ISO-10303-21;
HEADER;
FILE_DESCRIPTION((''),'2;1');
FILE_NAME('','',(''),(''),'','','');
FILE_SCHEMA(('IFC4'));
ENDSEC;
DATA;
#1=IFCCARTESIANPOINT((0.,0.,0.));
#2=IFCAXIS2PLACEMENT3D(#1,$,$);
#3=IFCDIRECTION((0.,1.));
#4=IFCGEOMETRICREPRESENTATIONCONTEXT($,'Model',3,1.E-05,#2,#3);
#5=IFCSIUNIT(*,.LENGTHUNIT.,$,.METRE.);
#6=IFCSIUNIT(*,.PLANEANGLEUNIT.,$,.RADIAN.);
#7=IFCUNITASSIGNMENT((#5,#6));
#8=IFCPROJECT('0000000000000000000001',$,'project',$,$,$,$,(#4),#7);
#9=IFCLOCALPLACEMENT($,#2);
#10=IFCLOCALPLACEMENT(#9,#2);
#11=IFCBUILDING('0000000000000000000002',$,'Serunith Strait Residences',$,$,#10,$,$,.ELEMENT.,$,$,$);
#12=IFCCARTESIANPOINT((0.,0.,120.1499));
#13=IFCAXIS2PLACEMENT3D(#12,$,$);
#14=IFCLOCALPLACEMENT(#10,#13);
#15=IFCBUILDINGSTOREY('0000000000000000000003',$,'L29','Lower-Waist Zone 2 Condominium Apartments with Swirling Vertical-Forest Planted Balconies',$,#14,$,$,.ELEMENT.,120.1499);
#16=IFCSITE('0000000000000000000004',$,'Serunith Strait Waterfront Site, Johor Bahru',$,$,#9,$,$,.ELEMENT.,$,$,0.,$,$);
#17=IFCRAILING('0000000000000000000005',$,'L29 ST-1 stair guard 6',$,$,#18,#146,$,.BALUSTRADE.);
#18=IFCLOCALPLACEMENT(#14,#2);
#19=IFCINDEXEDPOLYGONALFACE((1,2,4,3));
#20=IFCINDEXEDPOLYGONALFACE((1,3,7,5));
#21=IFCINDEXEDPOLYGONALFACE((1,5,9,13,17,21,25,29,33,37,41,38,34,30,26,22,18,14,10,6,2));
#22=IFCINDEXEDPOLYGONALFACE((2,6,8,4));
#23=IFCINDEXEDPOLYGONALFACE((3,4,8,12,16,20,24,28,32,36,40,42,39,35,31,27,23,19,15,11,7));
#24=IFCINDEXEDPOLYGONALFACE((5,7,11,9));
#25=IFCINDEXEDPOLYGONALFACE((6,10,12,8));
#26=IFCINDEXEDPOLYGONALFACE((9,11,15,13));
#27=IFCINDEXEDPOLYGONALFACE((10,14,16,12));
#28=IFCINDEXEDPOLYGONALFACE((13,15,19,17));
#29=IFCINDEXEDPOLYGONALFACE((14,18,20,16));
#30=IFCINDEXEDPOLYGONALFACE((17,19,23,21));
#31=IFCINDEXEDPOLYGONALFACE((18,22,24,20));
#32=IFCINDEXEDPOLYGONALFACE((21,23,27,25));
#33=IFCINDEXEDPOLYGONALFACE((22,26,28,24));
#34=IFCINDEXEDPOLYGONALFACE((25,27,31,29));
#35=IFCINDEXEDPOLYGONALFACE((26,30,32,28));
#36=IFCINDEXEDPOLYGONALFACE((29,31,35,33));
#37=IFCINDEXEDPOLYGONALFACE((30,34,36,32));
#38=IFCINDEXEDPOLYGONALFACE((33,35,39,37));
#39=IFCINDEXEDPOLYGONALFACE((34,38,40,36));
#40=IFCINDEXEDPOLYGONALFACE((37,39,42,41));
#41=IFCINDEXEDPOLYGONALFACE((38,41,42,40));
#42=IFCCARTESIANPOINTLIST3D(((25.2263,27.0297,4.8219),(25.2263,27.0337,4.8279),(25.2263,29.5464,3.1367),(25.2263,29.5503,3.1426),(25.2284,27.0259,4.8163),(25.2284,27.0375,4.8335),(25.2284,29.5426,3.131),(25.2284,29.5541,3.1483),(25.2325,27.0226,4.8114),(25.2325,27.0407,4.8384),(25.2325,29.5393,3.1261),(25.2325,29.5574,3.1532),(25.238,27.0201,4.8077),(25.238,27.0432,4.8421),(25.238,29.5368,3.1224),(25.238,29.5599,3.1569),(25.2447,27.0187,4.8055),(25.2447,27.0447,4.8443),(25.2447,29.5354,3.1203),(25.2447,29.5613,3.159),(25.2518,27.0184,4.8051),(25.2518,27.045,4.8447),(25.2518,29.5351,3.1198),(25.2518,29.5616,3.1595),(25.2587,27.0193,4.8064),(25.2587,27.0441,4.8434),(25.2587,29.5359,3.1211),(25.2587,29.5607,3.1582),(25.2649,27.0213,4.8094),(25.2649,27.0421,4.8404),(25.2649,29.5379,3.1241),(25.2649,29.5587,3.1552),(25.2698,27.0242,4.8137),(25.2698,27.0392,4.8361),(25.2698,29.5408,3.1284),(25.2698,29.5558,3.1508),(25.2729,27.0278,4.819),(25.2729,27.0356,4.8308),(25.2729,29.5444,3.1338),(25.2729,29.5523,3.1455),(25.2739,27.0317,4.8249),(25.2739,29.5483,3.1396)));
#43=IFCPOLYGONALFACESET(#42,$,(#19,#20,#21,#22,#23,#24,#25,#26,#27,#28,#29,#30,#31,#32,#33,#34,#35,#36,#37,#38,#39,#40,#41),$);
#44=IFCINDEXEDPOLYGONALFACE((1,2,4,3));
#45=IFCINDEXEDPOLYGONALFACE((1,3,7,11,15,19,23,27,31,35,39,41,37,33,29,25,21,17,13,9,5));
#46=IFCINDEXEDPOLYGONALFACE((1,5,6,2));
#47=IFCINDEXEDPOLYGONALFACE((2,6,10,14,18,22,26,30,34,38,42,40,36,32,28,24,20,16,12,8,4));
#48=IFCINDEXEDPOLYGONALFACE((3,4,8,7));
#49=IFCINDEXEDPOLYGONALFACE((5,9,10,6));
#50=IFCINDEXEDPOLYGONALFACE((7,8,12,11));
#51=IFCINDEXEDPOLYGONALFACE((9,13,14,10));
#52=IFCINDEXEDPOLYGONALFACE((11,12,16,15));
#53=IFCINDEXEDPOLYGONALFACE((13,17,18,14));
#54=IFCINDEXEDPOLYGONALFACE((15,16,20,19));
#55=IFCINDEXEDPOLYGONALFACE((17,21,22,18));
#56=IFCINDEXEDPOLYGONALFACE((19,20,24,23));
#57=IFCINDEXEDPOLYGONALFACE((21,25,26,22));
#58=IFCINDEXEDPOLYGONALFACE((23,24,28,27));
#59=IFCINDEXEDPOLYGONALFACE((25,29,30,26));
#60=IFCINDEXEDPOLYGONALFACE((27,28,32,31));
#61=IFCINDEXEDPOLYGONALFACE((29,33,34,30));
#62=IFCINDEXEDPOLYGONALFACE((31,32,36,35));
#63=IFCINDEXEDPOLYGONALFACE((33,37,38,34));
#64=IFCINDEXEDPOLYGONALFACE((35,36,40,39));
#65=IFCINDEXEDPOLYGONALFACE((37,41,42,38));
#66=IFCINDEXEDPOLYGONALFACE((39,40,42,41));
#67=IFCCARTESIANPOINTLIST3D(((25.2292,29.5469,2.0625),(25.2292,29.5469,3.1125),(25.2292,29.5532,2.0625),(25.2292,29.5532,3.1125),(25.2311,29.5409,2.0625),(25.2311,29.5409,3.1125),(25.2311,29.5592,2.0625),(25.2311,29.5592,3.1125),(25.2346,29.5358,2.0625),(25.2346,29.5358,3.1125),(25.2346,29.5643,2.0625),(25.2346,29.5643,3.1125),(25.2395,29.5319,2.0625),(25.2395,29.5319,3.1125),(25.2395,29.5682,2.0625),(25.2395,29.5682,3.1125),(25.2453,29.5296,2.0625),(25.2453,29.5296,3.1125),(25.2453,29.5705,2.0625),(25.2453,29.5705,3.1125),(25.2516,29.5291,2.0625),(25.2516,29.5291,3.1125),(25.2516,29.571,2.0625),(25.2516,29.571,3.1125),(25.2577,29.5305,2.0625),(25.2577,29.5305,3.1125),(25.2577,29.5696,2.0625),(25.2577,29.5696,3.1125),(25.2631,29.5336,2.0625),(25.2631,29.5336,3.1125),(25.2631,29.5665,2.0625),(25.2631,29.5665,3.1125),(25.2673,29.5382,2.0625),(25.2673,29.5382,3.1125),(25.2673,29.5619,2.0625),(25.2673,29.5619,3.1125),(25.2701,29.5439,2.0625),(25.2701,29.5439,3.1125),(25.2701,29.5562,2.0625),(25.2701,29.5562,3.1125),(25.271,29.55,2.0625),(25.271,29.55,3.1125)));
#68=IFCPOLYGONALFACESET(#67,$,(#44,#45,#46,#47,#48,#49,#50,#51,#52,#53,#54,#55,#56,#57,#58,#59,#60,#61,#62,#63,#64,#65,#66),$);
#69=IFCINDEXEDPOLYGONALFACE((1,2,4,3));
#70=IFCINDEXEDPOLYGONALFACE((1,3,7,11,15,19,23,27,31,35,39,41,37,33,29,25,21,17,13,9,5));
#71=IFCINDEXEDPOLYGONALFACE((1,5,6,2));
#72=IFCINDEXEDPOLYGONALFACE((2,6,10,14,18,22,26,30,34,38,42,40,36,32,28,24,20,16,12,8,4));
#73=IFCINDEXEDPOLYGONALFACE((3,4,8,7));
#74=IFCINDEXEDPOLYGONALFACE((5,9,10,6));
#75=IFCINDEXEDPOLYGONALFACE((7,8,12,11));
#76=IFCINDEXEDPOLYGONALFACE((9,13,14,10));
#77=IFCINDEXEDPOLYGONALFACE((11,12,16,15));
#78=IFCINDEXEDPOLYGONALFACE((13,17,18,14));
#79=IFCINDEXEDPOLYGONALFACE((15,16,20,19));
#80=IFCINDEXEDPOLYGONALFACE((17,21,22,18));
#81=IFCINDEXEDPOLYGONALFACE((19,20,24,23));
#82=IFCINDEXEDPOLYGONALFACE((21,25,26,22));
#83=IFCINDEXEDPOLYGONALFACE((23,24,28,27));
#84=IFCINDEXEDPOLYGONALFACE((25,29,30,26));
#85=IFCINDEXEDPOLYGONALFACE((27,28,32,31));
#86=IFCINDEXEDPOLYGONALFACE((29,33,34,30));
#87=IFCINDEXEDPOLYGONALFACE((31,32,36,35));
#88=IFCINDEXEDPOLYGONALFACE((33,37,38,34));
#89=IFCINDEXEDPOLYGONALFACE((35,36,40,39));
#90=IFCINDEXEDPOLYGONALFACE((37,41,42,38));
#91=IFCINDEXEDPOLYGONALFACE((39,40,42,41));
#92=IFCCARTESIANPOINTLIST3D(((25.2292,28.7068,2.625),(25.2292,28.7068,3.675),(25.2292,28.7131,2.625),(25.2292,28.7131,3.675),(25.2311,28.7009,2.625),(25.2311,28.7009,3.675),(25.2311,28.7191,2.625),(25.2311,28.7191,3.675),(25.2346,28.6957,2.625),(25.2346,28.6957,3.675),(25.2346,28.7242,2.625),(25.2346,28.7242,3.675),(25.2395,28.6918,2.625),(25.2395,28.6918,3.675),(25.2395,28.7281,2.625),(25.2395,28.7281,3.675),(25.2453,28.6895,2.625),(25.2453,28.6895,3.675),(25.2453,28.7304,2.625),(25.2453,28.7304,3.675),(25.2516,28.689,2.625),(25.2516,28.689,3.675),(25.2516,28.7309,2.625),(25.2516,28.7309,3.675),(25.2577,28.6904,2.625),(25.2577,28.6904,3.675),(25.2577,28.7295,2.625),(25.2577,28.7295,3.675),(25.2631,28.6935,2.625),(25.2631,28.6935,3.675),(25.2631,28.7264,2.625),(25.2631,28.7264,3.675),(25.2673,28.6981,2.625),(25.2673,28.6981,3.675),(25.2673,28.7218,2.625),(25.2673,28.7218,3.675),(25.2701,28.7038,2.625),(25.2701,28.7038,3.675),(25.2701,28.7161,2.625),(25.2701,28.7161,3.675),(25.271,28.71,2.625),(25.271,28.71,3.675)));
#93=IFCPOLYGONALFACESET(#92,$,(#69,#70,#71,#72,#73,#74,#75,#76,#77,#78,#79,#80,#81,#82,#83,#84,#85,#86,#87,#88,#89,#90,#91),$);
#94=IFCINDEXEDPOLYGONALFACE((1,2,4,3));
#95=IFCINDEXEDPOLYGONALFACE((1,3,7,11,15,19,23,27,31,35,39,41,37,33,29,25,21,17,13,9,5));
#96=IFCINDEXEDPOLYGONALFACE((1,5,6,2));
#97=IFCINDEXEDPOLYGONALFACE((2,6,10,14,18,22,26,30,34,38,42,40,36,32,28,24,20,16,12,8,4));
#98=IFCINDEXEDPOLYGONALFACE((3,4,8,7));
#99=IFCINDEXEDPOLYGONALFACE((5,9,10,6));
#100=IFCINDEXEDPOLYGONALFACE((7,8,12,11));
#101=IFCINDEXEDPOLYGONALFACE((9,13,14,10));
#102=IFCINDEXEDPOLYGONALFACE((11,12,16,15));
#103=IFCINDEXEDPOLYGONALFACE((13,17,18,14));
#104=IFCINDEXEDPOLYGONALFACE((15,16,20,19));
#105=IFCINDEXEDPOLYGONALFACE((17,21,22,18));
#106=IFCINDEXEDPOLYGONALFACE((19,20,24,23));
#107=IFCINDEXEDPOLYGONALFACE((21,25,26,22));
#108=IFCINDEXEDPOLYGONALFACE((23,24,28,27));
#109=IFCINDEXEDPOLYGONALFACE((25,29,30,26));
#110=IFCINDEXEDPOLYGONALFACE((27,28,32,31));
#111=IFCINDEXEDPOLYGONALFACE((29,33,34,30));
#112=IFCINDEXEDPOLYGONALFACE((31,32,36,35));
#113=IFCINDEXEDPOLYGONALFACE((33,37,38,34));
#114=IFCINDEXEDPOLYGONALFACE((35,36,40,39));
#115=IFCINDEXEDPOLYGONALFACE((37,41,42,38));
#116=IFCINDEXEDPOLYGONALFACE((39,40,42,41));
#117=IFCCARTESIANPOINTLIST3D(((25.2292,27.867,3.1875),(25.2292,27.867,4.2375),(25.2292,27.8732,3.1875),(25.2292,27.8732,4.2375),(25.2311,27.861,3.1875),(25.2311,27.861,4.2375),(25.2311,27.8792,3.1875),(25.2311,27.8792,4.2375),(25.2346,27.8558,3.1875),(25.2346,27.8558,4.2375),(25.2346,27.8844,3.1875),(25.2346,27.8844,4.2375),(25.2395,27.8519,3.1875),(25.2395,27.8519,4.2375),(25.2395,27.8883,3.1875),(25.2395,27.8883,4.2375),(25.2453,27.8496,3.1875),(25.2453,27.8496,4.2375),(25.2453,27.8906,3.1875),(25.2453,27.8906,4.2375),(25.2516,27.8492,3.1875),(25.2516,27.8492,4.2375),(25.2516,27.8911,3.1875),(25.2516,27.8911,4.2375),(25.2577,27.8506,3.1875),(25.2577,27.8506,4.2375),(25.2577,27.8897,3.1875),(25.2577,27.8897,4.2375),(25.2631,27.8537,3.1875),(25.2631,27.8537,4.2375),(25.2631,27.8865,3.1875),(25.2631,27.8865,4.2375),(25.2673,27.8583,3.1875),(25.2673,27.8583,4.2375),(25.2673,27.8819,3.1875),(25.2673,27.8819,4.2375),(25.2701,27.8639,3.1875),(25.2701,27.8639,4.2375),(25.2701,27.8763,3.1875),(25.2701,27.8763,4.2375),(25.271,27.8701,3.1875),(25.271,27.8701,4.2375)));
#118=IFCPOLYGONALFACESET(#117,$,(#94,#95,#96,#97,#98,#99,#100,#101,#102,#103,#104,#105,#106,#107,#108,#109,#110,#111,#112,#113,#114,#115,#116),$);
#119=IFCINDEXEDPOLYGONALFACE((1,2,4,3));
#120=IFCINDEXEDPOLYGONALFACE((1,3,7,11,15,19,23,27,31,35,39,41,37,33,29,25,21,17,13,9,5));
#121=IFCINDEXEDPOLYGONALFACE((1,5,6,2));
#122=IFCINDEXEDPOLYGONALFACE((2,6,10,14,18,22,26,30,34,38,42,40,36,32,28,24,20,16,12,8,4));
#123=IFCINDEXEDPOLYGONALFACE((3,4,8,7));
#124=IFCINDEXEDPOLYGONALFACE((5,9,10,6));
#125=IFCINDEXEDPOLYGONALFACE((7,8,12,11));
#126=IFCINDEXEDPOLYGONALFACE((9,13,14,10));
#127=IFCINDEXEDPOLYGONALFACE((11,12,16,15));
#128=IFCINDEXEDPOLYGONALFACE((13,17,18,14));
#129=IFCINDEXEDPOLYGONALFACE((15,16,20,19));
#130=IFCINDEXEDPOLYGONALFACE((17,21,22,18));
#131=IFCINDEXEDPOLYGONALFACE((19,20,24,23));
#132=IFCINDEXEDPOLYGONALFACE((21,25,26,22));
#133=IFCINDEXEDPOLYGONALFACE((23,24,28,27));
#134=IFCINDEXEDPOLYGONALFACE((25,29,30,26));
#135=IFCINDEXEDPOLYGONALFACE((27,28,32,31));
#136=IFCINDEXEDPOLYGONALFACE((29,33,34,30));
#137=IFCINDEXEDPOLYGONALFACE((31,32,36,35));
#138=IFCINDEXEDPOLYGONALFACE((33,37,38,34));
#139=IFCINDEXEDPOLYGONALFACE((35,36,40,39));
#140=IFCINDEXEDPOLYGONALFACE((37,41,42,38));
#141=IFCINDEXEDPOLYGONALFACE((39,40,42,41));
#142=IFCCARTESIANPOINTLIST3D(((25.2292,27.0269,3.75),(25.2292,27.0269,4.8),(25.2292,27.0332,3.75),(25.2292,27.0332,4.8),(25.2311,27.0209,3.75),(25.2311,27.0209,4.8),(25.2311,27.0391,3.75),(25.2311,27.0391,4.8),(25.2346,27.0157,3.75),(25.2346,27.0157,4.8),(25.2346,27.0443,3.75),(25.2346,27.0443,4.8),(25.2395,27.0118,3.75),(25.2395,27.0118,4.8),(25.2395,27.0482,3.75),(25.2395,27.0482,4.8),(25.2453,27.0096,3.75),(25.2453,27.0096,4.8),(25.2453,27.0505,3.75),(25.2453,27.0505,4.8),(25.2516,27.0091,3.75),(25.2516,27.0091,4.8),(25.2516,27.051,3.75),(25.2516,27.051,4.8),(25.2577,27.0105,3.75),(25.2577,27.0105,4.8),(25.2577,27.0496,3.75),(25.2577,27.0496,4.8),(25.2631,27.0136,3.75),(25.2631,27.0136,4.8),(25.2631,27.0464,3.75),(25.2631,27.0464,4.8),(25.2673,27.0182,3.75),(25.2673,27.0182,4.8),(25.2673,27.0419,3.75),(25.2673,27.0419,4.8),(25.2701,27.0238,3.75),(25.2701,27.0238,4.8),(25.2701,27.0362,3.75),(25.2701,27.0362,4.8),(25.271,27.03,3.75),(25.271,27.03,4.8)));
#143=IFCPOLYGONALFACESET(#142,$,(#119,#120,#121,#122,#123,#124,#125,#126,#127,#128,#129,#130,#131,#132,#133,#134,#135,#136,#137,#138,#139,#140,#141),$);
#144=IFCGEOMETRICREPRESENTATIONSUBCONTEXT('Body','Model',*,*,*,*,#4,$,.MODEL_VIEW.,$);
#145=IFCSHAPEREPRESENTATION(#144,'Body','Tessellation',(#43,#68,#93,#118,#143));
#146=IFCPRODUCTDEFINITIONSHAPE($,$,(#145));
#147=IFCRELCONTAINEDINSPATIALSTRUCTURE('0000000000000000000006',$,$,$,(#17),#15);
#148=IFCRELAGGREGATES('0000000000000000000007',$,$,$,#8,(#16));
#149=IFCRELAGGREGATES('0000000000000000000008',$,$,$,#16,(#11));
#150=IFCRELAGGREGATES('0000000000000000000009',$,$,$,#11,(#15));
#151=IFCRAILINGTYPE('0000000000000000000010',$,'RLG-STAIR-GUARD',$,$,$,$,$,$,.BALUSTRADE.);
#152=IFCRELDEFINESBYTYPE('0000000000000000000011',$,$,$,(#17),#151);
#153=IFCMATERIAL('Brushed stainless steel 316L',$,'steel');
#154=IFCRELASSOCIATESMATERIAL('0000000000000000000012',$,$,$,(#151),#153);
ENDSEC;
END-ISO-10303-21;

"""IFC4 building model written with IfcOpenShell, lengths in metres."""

from ifc_helpers import new_model, si_unit, direction, frame, origin, origin_2d, place, context, subcontext, project, spatial, circle, extrude, material, type_object, element, save


model = new_model("IFC4")

# Units and contexts
model_context = context("Model", 3, precision=1e-05, world=origin(), true_north=direction((0.0, 1.0)))
body_context = subcontext(model_context, "Body", "Model", "MODEL_VIEW")
ifc_project = project(units=[si_unit("LENGTHUNIT", "METRE"), si_unit("PLANEANGLEUNIT", "RADIAN")], contexts=[model_context])

# Site, building, storey
site_placement = place(None, origin())
site = spatial("IfcSite", under=ifc_project, at=site_placement, Name="Serunith Strait Waterfront Site, Johor Bahru", CompositionType="ELEMENT", RefElevation=0.0)
building_placement = place(site_placement, origin())
building = spatial("IfcBuilding", under=site, at=building_placement, Name="Serunith Strait Residences", CompositionType="ELEMENT")
storey_placement = place(building_placement, frame((0.0, 0.0, 120.1499)))
storey = spatial("IfcBuildingStorey", under=building, at=storey_placement, Name="L29", Description="Lower-Waist Zone 2 Condominium Apartments with Swirling Vertical-Forest Planted Balconies", CompositionType="ELEMENT", Elevation=120.1499)

# Railing
ifc_material_1 = material(Name="Brushed stainless steel 316L", Category="steel")
railing_type_1 = type_object("IfcRailingType", Name="RLG-STAIR-GUARD", PredefinedType="BALUSTRADE", material=ifc_material_1)
railing_1_placement = place(storey_placement, frame((25.25, 29.55, 2.0625)))
element("IfcRailing", 1, at=railing_1_placement, inside=storey, type_object=railing_type_1, Name="L29 ST-1 stair guard 6", PredefinedType="BALUSTRADE", context=body_context, shape_type="SweptSolid", body=[
    extrude(circle(Radius=0.0239, at=origin_2d()), frame((0.0, -0.0017, 1.0771), z_axis=(0.0, -0.830909, 0.556408), x_axis=(1.0, 0.0, 0.0)), (0.0, 0.0, 1.0), 3.0288),
    extrude(circle(Radius=0.021, at=origin_2d()), origin(), (0.0, 0.0, 1.0), 1.05),
    extrude(circle(Radius=0.021, at=origin_2d()), frame((0.0, -0.8401, 0.5625)), (0.0, 0.0, 1.0), 1.05),
    extrude(circle(Radius=0.021, at=origin_2d()), frame((0.0, -1.6799, 1.125)), (0.0, 0.0, 1.0), 1.05),
    extrude(circle(Radius=0.021, at=origin_2d()), frame((0.0, -2.52, 1.6875)), (0.0, 0.0, 1.0), 1.05),
])

save(model, "model.ifc")
